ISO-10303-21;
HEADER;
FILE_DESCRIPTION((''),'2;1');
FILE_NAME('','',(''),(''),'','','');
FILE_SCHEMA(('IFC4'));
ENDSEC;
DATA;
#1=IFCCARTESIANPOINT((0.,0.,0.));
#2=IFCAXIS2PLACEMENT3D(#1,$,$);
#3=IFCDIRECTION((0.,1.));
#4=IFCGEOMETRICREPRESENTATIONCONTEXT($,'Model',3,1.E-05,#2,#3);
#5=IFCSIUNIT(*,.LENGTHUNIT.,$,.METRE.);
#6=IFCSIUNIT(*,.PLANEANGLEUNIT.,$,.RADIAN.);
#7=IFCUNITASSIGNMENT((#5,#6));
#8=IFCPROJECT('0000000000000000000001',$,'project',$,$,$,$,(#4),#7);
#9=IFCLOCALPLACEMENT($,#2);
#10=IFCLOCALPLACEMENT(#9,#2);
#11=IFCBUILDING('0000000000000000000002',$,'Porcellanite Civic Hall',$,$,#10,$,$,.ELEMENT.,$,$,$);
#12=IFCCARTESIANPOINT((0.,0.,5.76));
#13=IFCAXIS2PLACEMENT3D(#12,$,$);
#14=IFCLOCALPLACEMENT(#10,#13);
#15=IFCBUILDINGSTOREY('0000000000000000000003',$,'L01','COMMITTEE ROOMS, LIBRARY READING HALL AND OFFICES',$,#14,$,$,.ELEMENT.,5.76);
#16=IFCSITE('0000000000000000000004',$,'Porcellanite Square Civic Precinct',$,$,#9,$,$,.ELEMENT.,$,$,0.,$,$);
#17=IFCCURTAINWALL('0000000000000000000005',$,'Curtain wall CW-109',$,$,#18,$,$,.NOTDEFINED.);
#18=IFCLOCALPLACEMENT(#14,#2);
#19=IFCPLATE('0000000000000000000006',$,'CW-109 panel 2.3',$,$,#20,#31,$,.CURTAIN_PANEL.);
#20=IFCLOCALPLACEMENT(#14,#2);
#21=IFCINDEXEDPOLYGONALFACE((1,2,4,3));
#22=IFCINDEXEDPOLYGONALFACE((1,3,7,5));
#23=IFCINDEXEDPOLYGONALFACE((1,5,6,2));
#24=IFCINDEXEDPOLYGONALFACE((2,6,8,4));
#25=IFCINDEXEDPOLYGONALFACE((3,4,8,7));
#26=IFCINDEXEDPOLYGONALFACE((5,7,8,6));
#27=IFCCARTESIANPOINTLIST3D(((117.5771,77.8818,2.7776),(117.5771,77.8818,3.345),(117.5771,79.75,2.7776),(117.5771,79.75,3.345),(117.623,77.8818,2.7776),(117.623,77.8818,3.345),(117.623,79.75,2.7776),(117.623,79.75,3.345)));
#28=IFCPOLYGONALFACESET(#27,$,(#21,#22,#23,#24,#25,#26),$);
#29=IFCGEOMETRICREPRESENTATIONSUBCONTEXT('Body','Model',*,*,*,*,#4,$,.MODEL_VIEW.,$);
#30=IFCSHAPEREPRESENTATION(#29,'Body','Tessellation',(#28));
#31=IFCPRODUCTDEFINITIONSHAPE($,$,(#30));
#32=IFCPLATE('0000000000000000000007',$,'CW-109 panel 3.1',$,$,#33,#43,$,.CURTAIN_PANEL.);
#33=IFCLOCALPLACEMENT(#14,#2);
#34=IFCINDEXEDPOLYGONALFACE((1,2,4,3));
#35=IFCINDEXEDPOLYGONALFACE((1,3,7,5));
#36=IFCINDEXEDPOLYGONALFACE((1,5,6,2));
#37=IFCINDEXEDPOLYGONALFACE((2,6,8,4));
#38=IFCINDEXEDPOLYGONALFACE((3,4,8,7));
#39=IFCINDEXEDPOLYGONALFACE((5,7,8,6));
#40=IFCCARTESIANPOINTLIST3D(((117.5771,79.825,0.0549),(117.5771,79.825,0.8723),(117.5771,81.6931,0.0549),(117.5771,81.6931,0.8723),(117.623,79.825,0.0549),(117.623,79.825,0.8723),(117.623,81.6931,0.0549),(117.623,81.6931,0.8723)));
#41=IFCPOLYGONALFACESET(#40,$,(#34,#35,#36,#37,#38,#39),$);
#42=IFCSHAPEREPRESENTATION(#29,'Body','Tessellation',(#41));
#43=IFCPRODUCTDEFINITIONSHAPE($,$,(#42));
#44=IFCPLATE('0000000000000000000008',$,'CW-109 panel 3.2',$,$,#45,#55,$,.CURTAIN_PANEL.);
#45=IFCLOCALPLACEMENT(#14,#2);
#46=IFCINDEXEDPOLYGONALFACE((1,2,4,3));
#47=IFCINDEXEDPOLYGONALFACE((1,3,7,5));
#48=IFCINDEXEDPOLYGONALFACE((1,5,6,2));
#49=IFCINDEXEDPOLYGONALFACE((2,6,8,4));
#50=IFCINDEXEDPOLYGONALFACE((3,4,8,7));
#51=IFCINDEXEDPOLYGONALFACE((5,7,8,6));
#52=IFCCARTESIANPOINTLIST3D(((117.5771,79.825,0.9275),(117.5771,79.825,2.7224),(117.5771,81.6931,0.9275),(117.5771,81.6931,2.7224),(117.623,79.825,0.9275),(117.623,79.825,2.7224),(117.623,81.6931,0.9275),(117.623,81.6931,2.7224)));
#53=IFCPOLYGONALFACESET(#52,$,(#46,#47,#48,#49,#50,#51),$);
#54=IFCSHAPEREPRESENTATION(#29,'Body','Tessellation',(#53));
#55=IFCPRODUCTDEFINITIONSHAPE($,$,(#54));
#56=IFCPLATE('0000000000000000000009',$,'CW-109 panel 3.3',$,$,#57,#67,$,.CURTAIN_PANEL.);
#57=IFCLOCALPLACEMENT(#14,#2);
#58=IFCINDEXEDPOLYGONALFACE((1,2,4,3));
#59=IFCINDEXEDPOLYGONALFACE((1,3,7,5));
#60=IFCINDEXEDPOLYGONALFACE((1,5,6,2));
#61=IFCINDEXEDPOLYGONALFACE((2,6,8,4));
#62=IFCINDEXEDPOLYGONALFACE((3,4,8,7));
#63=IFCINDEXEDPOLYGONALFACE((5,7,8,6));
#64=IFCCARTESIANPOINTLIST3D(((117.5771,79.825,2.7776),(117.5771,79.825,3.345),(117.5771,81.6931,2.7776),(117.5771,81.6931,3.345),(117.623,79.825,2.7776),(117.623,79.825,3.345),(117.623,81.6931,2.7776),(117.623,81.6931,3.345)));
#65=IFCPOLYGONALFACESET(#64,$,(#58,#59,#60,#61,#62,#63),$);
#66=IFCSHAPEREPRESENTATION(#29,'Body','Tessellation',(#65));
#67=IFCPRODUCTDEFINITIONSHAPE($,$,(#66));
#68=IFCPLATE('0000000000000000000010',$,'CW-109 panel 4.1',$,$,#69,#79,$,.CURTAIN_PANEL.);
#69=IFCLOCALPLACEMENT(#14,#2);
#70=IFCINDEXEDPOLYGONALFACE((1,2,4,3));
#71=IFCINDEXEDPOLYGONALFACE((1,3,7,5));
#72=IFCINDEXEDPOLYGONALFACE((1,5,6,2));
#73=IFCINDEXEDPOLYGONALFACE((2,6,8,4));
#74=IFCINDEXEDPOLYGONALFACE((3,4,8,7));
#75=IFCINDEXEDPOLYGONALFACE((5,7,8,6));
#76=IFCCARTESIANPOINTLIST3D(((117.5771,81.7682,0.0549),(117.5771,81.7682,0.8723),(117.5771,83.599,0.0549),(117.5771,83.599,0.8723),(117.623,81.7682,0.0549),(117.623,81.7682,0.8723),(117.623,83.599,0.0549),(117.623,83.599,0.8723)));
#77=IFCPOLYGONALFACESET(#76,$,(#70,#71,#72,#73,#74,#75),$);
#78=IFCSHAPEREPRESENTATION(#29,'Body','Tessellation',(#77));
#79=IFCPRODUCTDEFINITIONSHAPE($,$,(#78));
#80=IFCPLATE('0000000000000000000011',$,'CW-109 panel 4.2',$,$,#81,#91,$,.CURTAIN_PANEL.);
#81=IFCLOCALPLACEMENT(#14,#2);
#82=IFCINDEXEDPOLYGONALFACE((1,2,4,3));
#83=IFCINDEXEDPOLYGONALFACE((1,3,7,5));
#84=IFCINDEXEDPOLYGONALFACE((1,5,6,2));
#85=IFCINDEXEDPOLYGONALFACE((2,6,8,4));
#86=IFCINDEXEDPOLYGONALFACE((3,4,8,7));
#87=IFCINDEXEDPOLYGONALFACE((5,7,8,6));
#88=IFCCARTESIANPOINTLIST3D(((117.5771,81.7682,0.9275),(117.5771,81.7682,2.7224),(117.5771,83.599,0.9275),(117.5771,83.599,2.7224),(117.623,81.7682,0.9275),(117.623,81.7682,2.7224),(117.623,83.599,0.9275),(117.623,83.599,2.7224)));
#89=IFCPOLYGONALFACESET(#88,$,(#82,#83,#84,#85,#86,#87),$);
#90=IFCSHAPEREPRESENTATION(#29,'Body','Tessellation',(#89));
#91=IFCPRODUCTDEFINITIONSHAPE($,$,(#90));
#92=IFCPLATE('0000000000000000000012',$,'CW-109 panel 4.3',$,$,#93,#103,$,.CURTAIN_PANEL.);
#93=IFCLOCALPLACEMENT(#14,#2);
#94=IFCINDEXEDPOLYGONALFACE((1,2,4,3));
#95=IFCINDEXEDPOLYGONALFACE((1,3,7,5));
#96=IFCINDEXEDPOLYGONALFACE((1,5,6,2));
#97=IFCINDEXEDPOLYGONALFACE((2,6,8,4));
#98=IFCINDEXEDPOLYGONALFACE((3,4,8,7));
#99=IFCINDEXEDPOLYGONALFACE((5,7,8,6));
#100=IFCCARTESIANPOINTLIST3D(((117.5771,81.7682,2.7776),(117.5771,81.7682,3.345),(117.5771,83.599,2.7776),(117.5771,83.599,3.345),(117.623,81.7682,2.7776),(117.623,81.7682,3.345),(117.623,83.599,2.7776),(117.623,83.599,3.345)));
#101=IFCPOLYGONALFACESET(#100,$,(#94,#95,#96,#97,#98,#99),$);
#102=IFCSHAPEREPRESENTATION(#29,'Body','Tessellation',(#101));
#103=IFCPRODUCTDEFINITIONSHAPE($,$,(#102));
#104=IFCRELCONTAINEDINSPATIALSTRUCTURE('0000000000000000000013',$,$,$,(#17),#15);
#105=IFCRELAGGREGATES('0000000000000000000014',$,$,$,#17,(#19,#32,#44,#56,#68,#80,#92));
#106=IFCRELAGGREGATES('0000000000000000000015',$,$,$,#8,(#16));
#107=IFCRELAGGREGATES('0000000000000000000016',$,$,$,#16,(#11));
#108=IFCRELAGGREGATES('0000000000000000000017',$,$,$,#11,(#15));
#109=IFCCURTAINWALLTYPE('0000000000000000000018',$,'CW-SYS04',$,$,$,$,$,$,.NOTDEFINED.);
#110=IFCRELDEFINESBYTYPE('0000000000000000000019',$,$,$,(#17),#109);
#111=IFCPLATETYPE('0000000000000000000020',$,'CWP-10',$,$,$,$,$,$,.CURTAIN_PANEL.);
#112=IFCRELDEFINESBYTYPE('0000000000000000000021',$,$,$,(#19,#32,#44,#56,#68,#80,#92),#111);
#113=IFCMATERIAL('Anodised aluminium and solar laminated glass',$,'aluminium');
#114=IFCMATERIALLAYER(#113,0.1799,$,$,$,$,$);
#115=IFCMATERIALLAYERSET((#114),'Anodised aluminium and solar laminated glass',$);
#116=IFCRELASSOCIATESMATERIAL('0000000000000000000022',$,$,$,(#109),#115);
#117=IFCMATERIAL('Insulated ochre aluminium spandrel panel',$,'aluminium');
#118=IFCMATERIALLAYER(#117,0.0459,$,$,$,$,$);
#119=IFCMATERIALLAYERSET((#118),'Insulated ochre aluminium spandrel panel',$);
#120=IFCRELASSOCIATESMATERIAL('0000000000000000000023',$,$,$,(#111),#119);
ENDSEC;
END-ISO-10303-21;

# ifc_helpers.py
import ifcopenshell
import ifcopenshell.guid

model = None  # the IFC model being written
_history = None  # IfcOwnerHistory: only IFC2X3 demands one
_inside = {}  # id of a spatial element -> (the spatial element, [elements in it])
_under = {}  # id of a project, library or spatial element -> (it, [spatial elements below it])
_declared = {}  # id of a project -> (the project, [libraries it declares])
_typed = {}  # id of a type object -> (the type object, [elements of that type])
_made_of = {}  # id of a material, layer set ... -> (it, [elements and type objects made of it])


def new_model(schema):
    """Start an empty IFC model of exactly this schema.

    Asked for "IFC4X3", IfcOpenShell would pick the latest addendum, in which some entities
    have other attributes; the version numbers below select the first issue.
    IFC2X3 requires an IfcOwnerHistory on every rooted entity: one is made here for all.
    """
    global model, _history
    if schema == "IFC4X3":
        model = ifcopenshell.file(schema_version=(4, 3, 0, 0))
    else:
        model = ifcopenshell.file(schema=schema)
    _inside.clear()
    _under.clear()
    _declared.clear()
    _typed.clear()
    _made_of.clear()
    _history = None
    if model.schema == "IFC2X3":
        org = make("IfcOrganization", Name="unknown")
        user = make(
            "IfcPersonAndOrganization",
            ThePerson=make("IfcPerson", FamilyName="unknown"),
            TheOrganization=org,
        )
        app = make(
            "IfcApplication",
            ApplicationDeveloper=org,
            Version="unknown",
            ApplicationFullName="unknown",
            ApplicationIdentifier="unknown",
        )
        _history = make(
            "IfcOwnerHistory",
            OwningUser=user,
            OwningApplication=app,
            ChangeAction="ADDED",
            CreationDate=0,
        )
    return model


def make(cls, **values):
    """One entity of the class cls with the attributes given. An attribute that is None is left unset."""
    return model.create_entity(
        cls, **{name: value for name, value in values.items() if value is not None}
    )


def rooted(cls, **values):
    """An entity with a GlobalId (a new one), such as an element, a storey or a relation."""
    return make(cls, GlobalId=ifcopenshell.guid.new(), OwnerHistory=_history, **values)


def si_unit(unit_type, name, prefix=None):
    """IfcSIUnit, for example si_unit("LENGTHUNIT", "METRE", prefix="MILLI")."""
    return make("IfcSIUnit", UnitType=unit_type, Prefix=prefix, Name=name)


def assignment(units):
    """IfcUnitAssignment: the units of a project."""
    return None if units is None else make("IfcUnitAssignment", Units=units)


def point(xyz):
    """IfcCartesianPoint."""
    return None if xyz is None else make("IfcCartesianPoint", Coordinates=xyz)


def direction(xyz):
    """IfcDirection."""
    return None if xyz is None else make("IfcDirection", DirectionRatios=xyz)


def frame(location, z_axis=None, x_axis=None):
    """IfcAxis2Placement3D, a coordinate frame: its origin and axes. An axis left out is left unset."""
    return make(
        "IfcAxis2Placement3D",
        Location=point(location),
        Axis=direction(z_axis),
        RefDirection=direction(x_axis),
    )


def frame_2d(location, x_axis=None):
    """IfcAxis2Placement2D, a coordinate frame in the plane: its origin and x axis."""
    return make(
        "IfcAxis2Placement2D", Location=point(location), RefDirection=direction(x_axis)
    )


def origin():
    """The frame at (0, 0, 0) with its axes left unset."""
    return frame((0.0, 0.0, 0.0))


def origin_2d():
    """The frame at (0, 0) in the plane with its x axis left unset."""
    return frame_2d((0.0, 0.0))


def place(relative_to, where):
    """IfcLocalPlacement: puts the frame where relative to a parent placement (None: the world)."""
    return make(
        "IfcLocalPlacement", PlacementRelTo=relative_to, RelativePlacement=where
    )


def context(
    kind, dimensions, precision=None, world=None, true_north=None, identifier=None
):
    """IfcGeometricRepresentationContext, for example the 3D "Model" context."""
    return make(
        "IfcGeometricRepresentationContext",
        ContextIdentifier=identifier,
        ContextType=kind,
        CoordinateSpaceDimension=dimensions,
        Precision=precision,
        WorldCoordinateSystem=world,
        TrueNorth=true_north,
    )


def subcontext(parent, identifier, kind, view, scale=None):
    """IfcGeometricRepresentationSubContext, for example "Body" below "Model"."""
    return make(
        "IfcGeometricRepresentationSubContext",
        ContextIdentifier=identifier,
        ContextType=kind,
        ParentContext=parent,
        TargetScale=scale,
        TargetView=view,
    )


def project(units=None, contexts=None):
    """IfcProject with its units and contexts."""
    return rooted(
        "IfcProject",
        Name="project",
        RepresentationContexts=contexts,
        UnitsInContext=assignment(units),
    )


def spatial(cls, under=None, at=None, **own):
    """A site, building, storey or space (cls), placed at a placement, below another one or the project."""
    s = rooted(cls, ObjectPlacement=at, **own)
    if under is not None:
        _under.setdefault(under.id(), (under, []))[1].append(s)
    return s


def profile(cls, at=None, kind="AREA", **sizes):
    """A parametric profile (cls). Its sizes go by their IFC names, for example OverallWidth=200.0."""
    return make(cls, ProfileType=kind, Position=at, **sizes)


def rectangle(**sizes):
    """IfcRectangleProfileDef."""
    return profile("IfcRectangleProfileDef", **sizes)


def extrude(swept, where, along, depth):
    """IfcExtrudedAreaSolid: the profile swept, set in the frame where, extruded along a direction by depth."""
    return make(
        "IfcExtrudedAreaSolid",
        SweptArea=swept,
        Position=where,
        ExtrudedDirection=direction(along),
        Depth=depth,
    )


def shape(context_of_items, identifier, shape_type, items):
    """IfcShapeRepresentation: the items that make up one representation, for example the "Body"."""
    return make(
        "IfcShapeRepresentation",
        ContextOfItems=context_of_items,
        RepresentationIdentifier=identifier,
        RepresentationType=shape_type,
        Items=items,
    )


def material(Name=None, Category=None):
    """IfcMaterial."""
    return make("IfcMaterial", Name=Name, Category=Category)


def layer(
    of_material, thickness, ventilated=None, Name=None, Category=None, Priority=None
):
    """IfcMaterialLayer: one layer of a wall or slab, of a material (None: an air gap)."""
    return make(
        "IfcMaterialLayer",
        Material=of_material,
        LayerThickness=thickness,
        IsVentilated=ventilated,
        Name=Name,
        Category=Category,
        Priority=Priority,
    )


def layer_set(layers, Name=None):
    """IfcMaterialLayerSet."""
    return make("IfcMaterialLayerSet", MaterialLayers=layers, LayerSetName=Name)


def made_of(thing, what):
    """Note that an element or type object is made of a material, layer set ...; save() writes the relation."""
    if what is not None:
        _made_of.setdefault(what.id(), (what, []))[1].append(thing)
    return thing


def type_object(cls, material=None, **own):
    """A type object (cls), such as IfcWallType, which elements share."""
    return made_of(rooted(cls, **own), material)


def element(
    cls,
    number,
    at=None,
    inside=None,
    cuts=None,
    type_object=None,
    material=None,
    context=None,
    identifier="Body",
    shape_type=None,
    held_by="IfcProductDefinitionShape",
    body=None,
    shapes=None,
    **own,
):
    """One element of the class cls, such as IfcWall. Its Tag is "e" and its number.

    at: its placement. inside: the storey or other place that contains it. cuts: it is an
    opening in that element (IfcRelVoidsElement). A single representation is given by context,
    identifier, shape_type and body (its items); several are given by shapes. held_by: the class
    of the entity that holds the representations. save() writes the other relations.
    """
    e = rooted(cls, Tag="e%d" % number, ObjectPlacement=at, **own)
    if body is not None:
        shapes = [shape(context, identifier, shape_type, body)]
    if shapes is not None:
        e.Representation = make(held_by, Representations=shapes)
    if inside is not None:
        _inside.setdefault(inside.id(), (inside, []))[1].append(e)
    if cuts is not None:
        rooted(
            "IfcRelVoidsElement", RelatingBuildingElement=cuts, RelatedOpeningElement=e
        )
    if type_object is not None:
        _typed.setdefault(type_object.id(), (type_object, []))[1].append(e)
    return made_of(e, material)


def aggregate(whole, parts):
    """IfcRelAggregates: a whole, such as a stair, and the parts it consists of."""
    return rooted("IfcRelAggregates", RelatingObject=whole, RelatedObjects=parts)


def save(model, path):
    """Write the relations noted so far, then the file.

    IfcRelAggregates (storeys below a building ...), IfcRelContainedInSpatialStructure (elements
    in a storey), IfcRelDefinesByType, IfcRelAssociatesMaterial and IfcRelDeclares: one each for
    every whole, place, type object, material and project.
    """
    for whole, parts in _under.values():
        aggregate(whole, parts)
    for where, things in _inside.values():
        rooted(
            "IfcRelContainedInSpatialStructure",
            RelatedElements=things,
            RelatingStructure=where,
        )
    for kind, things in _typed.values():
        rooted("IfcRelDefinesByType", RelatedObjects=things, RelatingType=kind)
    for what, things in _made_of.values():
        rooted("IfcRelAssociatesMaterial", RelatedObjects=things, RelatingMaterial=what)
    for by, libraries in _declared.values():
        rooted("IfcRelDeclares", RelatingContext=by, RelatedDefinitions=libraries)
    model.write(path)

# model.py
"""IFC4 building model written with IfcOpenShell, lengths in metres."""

from ifc_helpers import new_model, si_unit, direction, frame, origin, origin_2d, place, context, subcontext, project, spatial, rectangle, extrude, material, layer, layer_set, type_object, element, aggregate, save


model = new_model("IFC4")

# Units and contexts
model_context = context("Model", 3, precision=1e-05, world=origin(), true_north=direction((0.0, 1.0)))
body_context = subcontext(model_context, "Body", "Model", "MODEL_VIEW")
ifc_project = project(units=[si_unit("LENGTHUNIT", "METRE"), si_unit("PLANEANGLEUNIT", "RADIAN")], contexts=[model_context])

# Site, building, storey
site_placement = place(None, origin())
site = spatial("IfcSite", under=ifc_project, at=site_placement, Name="Porcellanite Square Civic Precinct", CompositionType="ELEMENT", RefElevation=0.0)
building_placement = place(site_placement, origin())
building = spatial("IfcBuilding", under=site, at=building_placement, Name="Porcellanite Civic Hall", CompositionType="ELEMENT")
storey_placement = place(building_placement, frame((0.0, 0.0, 5.76)))
storey = spatial("IfcBuildingStorey", under=building, at=storey_placement, Name="L01", Description="COMMITTEE ROOMS, LIBRARY READING HALL AND OFFICES", CompositionType="ELEMENT", Elevation=5.76)

# Curtain wall
ifc_material_1 = material(Name="Anodised aluminium and solar laminated glass", Category="aluminium")
ifc_layer_1 = layer(ifc_material_1, 0.1799)
ifc_layer_set_1 = layer_set([ifc_layer_1], Name="Anodised aluminium and solar laminated glass")
curtain_wall_type_1 = type_object("IfcCurtainWallType", Name="CW-SYS04", PredefinedType="NOTDEFINED", material=ifc_layer_set_1)
curtain_wall_1_placement = place(storey_placement, origin())
curtain_wall_1 = element("IfcCurtainWall", 1, at=curtain_wall_1_placement, inside=storey, type_object=curtain_wall_type_1, Name="Curtain wall CW-109", PredefinedType="NOTDEFINED")

# Plates
ifc_material_2 = material(Name="Insulated ochre aluminium spandrel panel", Category="aluminium")
ifc_layer_2 = layer(ifc_material_2, 0.0459)
ifc_layer_set_2 = layer_set([ifc_layer_2], Name="Insulated ochre aluminium spandrel panel")
plate_type_1 = type_object("IfcPlateType", Name="CWP-10", PredefinedType="CURTAIN_PANEL", material=ifc_layer_set_2)
plate_1_placement = place(storey_placement, frame((117.6001, 78.8159, 2.7776), z_axis=(0.0, 0.0, 1.0), x_axis=(0.0, 1.0, 0.0)))
plate_1 = element("IfcPlate", 2, at=plate_1_placement, type_object=plate_type_1, Name="CW-109 panel 2.3", PredefinedType="CURTAIN_PANEL", context=body_context, shape_type="SweptSolid", body=[
    extrude(rectangle(XDim=1.8682, YDim=0.0459, at=origin_2d()), origin(), (0.0, 0.0, 1.0), 0.5674),
])
plate_2_placement = place(storey_placement, frame((117.6001, 80.759, 0.0549), z_axis=(0.0, 0.0, 1.0), x_axis=(0.0, 1.0, 0.0)))
plate_2 = element("IfcPlate", 3, at=plate_2_placement, type_object=plate_type_1, Name="CW-109 panel 3.1", PredefinedType="CURTAIN_PANEL", context=body_context, shape_type="SweptSolid", body=[
    extrude(rectangle(XDim=1.8682, YDim=0.0459, at=origin_2d()), origin(), (0.0, 0.0, 1.0), 0.8174),
])
plate_3_placement = place(storey_placement, frame((117.6001, 80.759, 0.9275), z_axis=(0.0, 0.0, 1.0), x_axis=(0.0, 1.0, 0.0)))
plate_3 = element("IfcPlate", 4, at=plate_3_placement, type_object=plate_type_1, Name="CW-109 panel 3.2", PredefinedType="CURTAIN_PANEL", context=body_context, shape_type="SweptSolid", body=[
    extrude(rectangle(XDim=1.8682, YDim=0.0459, at=origin_2d()), origin(), (0.0, 0.0, 1.0), 1.7949),
])
plate_4_placement = place(storey_placement, frame((117.6001, 80.759, 2.7776), z_axis=(0.0, 0.0, 1.0), x_axis=(0.0, 1.0, 0.0)))
plate_4 = element("IfcPlate", 5, at=plate_4_placement, type_object=plate_type_1, Name="CW-109 panel 3.3", PredefinedType="CURTAIN_PANEL", context=body_context, shape_type="SweptSolid", body=[
    extrude(rectangle(XDim=1.8682, YDim=0.0459, at=origin_2d()), origin(), (0.0, 0.0, 1.0), 0.5674),
])
plate_5_placement = place(storey_placement, frame((117.6001, 82.6836, 0.0549), z_axis=(0.0, 0.0, 1.0), x_axis=(0.0, 1.0, 0.0)))
plate_5 = element("IfcPlate", 6, at=plate_5_placement, type_object=plate_type_1, Name="CW-109 panel 4.1", PredefinedType="CURTAIN_PANEL", context=body_context, shape_type="SweptSolid", body=[
    extrude(rectangle(XDim=1.8308, YDim=0.0459, at=origin_2d()), origin(), (0.0, 0.0, 1.0), 0.8174),
])
plate_6_placement = place(storey_placement, frame((117.6001, 82.6836, 0.9275), z_axis=(0.0, 0.0, 1.0), x_axis=(0.0, 1.0, 0.0)))
plate_6 = element("IfcPlate", 7, at=plate_6_placement, type_object=plate_type_1, Name="CW-109 panel 4.2", PredefinedType="CURTAIN_PANEL", context=body_context, shape_type="SweptSolid", body=[
    extrude(rectangle(XDim=1.8308, YDim=0.0459, at=origin_2d()), origin(), (0.0, 0.0, 1.0), 1.7949),
])
plate_7_placement = place(storey_placement, frame((117.6001, 82.6836, 2.7776), z_axis=(0.0, 0.0, 1.0), x_axis=(0.0, 1.0, 0.0)))
plate_7 = element("IfcPlate", 8, at=plate_7_placement, type_object=plate_type_1, Name="CW-109 panel 4.3", PredefinedType="CURTAIN_PANEL", context=body_context, shape_type="SweptSolid", body=[
    extrude(rectangle(XDim=1.8308, YDim=0.0459, at=origin_2d()), origin(), (0.0, 0.0, 1.0), 0.5674),
])
aggregate(curtain_wall_1, [plate_1, plate_2, plate_3, plate_4, plate_5, plate_6, plate_7])

save(model, "model.ifc")
